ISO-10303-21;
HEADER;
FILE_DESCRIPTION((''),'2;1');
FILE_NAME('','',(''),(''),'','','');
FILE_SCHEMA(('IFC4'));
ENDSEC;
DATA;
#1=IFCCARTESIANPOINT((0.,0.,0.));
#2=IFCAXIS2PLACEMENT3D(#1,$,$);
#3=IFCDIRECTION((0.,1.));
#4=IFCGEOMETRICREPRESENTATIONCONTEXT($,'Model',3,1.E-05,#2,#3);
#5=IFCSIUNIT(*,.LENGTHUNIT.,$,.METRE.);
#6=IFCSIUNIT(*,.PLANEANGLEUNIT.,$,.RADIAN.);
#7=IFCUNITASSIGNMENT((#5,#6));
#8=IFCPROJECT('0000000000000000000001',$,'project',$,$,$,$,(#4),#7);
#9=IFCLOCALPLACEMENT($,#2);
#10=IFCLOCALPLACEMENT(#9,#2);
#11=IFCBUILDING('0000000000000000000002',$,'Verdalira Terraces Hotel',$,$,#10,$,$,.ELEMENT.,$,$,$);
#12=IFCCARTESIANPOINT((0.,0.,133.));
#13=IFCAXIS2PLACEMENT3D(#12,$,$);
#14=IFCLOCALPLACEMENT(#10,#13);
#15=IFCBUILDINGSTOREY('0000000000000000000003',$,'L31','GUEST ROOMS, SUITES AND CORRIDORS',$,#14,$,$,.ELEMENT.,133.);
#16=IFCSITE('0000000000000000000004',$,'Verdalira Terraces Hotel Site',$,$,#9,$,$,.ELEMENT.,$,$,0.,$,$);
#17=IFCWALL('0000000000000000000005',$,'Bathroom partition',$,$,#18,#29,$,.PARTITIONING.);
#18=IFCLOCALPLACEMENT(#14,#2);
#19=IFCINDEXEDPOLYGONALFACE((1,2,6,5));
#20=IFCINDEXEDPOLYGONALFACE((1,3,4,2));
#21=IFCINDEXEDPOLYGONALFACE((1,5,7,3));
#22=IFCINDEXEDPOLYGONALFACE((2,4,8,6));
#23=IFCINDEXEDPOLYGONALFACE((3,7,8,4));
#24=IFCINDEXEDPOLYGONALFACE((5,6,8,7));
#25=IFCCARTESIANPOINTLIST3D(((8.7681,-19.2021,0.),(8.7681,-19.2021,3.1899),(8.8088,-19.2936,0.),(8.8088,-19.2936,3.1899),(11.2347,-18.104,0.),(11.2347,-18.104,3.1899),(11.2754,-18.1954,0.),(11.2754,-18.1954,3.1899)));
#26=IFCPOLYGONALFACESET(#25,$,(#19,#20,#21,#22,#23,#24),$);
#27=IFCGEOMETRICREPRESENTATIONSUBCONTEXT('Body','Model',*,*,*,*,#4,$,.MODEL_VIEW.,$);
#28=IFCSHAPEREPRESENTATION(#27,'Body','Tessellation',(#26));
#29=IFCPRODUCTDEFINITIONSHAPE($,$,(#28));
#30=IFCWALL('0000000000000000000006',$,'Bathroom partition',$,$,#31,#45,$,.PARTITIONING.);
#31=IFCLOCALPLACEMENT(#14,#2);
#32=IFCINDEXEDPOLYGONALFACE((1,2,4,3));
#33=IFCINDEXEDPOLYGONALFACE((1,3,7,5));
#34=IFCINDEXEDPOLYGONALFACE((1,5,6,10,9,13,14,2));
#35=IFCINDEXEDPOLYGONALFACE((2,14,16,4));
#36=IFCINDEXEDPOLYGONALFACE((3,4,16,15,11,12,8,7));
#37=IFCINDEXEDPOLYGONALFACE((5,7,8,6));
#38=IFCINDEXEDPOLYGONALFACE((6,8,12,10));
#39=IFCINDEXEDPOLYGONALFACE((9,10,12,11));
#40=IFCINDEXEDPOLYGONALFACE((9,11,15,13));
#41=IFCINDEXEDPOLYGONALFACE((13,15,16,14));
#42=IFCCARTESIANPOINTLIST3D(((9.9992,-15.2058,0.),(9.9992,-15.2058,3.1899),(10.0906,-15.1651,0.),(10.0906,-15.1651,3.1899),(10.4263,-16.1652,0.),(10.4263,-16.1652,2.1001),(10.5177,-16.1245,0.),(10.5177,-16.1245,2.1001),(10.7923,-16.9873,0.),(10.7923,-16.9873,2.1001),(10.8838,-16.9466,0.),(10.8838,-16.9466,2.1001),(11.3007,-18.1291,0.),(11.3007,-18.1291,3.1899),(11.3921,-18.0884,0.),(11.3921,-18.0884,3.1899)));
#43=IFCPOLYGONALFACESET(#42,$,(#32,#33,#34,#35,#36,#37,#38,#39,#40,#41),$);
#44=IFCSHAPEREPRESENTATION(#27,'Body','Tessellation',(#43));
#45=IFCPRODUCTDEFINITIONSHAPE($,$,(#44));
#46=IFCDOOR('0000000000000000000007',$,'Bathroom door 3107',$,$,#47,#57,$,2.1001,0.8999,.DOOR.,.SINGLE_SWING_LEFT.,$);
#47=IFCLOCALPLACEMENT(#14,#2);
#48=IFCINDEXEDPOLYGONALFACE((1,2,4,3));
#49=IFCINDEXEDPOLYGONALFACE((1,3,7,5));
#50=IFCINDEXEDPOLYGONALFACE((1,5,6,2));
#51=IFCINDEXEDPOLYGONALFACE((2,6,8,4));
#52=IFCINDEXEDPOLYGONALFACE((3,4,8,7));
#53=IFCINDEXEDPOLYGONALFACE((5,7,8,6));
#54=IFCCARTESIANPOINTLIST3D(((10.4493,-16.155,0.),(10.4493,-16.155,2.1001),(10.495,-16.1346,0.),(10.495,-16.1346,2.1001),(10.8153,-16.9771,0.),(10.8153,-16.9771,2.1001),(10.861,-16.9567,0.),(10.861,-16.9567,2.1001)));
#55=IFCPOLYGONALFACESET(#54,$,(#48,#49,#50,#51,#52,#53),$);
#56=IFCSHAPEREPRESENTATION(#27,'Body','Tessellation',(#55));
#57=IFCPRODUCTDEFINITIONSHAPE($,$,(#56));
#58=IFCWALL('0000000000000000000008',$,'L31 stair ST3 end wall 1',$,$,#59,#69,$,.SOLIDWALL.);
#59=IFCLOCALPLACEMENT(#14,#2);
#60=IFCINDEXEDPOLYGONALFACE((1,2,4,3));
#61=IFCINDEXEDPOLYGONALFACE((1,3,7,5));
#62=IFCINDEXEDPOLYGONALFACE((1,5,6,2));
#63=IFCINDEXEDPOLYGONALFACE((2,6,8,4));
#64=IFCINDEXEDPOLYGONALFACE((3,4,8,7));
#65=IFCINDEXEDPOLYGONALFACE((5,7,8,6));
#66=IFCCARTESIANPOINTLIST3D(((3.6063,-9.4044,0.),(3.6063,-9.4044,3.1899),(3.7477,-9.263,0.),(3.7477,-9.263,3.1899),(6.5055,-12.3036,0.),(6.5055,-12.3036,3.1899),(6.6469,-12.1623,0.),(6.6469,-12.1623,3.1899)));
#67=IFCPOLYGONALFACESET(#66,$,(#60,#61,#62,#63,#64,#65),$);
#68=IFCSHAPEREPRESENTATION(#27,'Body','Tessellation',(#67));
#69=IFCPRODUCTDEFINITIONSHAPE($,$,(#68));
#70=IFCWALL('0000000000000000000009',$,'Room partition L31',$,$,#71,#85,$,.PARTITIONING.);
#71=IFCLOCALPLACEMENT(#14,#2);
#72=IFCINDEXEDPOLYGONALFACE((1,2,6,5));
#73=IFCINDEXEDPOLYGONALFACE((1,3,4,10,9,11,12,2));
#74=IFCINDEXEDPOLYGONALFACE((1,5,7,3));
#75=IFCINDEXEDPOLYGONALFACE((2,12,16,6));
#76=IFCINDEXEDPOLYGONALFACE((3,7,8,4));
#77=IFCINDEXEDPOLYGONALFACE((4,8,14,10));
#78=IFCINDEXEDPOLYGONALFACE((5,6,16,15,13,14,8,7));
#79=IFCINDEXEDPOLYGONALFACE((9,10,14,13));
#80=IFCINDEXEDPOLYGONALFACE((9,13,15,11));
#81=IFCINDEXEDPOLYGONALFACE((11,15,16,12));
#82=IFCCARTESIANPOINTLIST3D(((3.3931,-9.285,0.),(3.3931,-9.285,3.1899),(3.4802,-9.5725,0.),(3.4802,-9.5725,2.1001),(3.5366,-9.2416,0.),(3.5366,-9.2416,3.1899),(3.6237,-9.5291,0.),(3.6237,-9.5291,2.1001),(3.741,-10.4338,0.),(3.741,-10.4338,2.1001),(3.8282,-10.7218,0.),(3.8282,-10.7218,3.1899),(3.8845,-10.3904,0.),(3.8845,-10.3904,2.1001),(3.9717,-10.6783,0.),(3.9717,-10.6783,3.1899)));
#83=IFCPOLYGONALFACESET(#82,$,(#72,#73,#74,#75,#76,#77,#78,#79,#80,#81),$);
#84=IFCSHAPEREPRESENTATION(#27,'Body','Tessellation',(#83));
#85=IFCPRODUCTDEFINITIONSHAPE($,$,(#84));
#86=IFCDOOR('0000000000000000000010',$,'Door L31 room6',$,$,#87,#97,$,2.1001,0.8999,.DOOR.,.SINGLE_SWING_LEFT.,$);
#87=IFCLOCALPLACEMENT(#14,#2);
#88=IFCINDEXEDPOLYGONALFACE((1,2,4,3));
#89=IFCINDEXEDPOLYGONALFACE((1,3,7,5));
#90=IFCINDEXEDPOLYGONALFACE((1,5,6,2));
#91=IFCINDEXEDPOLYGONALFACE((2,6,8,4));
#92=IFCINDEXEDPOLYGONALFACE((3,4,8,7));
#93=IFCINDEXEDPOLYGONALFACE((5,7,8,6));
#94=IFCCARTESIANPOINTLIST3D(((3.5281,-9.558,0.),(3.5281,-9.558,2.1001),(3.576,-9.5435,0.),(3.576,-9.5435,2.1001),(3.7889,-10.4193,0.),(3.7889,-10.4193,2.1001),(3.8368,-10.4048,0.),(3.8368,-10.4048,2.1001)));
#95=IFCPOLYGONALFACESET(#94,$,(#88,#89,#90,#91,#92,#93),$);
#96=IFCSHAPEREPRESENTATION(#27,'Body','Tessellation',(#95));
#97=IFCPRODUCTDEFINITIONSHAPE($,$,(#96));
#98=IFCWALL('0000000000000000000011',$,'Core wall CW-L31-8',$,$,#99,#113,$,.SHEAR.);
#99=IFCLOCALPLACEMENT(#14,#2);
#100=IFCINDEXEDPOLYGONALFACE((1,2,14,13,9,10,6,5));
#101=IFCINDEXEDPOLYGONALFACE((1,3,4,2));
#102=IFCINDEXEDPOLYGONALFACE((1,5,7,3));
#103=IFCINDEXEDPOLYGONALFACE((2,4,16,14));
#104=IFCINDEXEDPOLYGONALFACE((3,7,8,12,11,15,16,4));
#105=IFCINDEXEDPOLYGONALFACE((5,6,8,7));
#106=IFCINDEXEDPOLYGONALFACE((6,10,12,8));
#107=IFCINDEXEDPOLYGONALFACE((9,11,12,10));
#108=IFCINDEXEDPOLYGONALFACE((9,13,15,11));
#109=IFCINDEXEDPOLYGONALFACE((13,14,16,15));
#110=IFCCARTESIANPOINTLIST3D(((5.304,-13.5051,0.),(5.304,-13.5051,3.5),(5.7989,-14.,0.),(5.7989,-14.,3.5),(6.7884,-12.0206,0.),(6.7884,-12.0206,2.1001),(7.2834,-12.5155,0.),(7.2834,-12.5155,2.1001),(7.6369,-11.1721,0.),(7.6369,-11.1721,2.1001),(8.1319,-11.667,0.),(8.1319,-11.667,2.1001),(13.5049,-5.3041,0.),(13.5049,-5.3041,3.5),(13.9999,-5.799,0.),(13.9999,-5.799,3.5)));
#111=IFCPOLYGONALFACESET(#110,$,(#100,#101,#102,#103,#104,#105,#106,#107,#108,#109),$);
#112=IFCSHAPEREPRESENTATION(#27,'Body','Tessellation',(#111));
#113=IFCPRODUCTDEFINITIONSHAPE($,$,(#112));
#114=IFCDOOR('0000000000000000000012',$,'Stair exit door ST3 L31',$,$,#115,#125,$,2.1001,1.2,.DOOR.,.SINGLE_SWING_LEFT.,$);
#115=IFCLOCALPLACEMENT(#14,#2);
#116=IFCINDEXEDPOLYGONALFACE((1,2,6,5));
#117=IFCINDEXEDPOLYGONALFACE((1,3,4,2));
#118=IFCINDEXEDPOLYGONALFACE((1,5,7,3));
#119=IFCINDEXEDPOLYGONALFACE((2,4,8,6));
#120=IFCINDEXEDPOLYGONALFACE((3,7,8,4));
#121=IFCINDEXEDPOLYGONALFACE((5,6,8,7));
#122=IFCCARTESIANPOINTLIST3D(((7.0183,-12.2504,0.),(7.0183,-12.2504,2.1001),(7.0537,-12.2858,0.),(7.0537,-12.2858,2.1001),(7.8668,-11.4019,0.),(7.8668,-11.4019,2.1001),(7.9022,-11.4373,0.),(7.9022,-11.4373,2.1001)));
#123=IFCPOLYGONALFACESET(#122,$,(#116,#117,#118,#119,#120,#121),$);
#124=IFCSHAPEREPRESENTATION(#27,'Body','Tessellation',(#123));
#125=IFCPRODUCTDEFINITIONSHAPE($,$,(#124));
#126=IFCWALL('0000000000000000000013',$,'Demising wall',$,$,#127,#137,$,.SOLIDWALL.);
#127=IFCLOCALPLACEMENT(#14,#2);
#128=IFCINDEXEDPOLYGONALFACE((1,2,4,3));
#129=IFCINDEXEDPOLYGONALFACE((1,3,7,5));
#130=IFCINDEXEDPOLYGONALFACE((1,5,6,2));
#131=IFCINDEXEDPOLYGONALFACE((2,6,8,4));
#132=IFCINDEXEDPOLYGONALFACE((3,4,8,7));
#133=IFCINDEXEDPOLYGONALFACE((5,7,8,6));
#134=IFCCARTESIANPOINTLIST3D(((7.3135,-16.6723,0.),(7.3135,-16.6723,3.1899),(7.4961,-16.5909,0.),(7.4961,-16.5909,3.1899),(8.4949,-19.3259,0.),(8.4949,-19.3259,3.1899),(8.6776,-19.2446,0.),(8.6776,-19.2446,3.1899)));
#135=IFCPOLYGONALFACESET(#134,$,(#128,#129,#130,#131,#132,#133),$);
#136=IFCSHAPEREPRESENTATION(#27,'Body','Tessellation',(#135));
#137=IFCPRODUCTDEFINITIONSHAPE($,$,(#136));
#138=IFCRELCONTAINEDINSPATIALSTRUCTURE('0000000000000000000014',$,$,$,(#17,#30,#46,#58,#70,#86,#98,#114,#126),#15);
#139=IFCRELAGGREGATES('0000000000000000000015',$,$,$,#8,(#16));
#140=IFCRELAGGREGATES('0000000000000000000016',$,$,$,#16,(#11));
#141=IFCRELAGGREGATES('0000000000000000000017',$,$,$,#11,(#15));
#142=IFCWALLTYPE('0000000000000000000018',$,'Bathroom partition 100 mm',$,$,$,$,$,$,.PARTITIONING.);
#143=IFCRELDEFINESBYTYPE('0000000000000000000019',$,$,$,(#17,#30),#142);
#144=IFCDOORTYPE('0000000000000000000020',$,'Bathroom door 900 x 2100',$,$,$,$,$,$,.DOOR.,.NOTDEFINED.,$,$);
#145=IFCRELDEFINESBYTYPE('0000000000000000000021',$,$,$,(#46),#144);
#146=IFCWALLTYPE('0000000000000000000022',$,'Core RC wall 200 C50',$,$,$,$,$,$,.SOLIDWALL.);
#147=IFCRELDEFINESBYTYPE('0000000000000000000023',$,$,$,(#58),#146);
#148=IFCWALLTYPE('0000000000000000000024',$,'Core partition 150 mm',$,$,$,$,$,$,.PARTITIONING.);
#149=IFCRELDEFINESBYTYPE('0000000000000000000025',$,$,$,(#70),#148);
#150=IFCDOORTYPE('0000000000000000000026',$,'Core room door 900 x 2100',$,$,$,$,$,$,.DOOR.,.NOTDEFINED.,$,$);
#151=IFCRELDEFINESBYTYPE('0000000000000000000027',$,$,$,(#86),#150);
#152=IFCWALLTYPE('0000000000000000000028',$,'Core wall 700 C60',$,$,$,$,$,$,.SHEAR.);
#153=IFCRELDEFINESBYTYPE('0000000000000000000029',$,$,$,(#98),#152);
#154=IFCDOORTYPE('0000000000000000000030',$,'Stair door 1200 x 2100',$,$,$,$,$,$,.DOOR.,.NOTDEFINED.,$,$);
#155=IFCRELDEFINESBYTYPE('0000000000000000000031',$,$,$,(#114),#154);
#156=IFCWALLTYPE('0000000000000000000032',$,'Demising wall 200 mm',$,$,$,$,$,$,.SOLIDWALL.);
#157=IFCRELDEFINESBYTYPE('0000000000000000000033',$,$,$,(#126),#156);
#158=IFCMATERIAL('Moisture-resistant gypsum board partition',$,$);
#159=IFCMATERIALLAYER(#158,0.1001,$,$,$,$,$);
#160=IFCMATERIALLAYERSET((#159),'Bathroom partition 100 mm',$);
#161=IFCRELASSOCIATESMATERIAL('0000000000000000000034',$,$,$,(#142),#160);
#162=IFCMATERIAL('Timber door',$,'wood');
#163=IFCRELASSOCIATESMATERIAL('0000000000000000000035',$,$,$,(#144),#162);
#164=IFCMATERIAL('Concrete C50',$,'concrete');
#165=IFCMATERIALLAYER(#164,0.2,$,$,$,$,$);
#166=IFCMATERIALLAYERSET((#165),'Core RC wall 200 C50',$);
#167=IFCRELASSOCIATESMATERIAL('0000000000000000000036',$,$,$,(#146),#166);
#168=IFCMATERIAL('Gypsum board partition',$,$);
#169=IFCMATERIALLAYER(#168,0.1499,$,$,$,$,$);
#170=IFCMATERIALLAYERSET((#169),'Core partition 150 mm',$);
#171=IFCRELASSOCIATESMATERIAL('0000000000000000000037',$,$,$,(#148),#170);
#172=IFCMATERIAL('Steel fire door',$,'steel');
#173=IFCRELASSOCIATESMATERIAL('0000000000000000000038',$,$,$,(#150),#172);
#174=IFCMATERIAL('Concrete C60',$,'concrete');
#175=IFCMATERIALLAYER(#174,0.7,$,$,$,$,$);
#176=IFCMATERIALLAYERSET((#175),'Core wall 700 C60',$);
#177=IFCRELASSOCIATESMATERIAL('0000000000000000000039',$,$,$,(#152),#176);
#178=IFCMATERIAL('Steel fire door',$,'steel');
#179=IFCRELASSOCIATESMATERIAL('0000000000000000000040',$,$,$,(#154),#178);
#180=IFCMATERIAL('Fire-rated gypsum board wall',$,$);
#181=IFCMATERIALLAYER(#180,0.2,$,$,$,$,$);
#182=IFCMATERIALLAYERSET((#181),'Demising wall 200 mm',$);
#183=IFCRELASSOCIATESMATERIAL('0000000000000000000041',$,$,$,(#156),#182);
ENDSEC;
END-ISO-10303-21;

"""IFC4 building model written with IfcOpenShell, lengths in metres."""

from ifc_helpers import new_model, si_unit, direction, frame, frame_2d, origin, place, context, subcontext, project, spatial, rectangle, extrude, material, layer, layer_set, type_object, element, fill, save


model = new_model("IFC4")

# Units and contexts
model_context = context("Model", 3, precision=1e-05, world=origin(), true_north=direction((0.0, 1.0)))
body_context = subcontext(model_context, "Body", "Model", "MODEL_VIEW")
ifc_project = project(units=[si_unit("LENGTHUNIT", "METRE"), si_unit("PLANEANGLEUNIT", "RADIAN")], contexts=[model_context])

# Site, building, storey
site_placement = place(None, origin())
site = spatial("IfcSite", under=ifc_project, at=site_placement, Name="Verdalira Terraces Hotel Site", CompositionType="ELEMENT", RefElevation=0.0)
building_placement = place(site_placement, origin())
building = spatial("IfcBuilding", under=site, at=building_placement, Name="Verdalira Terraces Hotel", CompositionType="ELEMENT")
storey_placement = place(building_placement, frame((0.0, 0.0, 133.0)))
storey = spatial("IfcBuildingStorey", under=building, at=storey_placement, Name="L31", Description="GUEST ROOMS, SUITES AND CORRIDORS", CompositionType="ELEMENT", Elevation=133.0)

# Wall
ifc_material_1 = material(Name="Moisture-resistant gypsum board partition")
ifc_layer_1 = layer(ifc_material_1, 0.1001)
ifc_layer_set_1 = layer_set([ifc_layer_1], Name="Bathroom partition 100 mm")
wall_type_1 = type_object("IfcWallType", Name="Bathroom partition 100 mm", PredefinedType="PARTITIONING", material=ifc_layer_set_1)
wall_1_placement = place(storey_placement, frame((11.2551, -18.1497, 0.0), z_axis=(0.0, 0.0, 1.0), x_axis=(-0.91355, -0.406726, 0.0)))
element("IfcWall", 1, at=wall_1_placement, inside=storey, type_object=wall_type_1, Name="Bathroom partition", PredefinedType="PARTITIONING", context=body_context, shape_type="SweptSolid", body=[
    extrude(rectangle(XDim=2.7, YDim=0.1001, at=frame_2d((1.3501, 0.0))), origin(), (0.0, 0.0, 1.0), 3.1899),
])

# Wall, opening, door
wall_2_placement = place(storey_placement, frame((11.3464, -18.1089, 0.0), z_axis=(0.0, 0.0, 1.0), x_axis=(-0.406726, 0.91355, 0.0)))
wall_2 = element("IfcWall", 2, at=wall_2_placement, inside=storey, type_object=wall_type_1, Name="Bathroom partition", PredefinedType="PARTITIONING", context=body_context, shape_type="SweptSolid", body=[
    extrude(rectangle(XDim=3.2, YDim=0.1001, at=frame_2d((1.6001, 0.0))), origin(), (0.0, 0.0, 1.0), 3.1899),
])
opening_1_placement = place(wall_2_placement, frame((1.25, 0.0, 0.0)))
opening_1 = element("IfcOpeningElement", 3, at=opening_1_placement, cuts=wall_2, PredefinedType="OPENING", context=body_context, shape_type="SweptSolid", body=[
    extrude(rectangle(XDim=0.8999, YDim=2.1001, at=frame_2d((0.45, 1.05))), frame((0.0, 0.0601, 0.0), z_axis=(0.0, -1.0, 0.0), x_axis=(1.0, 0.0, 0.0)), (0.0, 0.0, 1.0), 0.1201),
])
ifc_material_2 = material(Name="Timber door", Category="wood")
door_type_1 = type_object("IfcDoorType", Name="Bathroom door 900 x 2100", OperationType="NOTDEFINED", PredefinedType="DOOR", material=ifc_material_2)
door_1_placement = place(opening_1_placement, origin())
door_1 = element("IfcDoor", 4, at=door_1_placement, inside=storey, type_object=door_type_1, Name="Bathroom door 3107", OperationType="SINGLE_SWING_LEFT", OverallHeight=2.1001, OverallWidth=0.8999, PredefinedType="DOOR", context=body_context, shape_type="SweptSolid", body=[
    extrude(rectangle(XDim=0.8999, YDim=2.1001, at=frame_2d((0.45, 1.05))), frame((0.0, 0.0249, 0.0), z_axis=(0.0, -1.0, 0.0), x_axis=(1.0, 0.0, 0.0)), (0.0, 0.0, 1.0), 0.05),
])
fill(opening_1, door_1)

# Wall
ifc_material_3 = material(Name="Concrete C50", Category="concrete")
ifc_layer_2 = layer(ifc_material_3, 0.2)
ifc_layer_set_2 = layer_set([ifc_layer_2], Name="Core RC wall 200 C50")
wall_type_2 = type_object("IfcWallType", Name="Core RC wall 200 C50", PredefinedType="SOLIDWALL", material=ifc_layer_set_2)
wall_3_placement = place(storey_placement, frame((3.677, -9.3337, 0.0), z_axis=(0.0, 0.0, 1.0), x_axis=(0.707107, -0.707107, 0.0)))
element("IfcWall", 5, at=wall_3_placement, inside=storey, type_object=wall_type_2, Name="L31 stair ST3 end wall 1", PredefinedType="SOLIDWALL", context=body_context, shape_type="SweptSolid", body=[
    extrude(rectangle(XDim=4.1001, YDim=0.2, at=frame_2d((2.05, 0.0))), origin(), (0.0, 0.0, 1.0), 3.1899),
])

# Walls, openings, doors
ifc_material_4 = material(Name="Gypsum board partition")
ifc_layer_3 = layer(ifc_material_4, 0.1499)
ifc_layer_set_3 = layer_set([ifc_layer_3], Name="Core partition 150 mm")
wall_type_3 = type_object("IfcWallType", Name="Core partition 150 mm", PredefinedType="PARTITIONING", material=ifc_layer_set_3)
wall_4_placement = place(storey_placement, frame((3.8999, -10.7, 0.0), z_axis=(0.0, 0.0, 1.0), x_axis=(-0.289809, 0.957085, 0.0)))
wall_4 = element("IfcWall", 6, at=wall_4_placement, inside=storey, type_object=wall_type_3, Name="Room partition L31", PredefinedType="PARTITIONING", context=body_context, shape_type="SweptSolid", body=[
    extrude(rectangle(XDim=1.5012, YDim=0.1499, at=frame_2d((0.7505, 0.0))), origin(), (0.0, 0.0, 1.0), 3.1899),
])
opening_2_placement = place(wall_4_placement, frame((0.3008, 0.0, 0.0)))
opening_2 = element("IfcOpeningElement", 7, at=opening_2_placement, cuts=wall_4, PredefinedType="OPENING", context=body_context, shape_type="SweptSolid", body=[
    extrude(rectangle(XDim=0.8999, YDim=2.1001, at=frame_2d((0.45, 1.05))), frame((0.0, 0.085, 0.0), z_axis=(0.0, -1.0, 0.0), x_axis=(1.0, 0.0, 0.0)), (0.0, 0.0, 1.0), 0.1699),
])
ifc_material_5 = material(Name="Steel fire door", Category="steel")
door_type_2 = type_object("IfcDoorType", Name="Core room door 900 x 2100", OperationType="NOTDEFINED", PredefinedType="DOOR", material=ifc_material_5)
door_2_placement = place(opening_2_placement, origin())
door_2 = element("IfcDoor", 8, at=door_2_placement, inside=storey, type_object=door_type_2, Name="Door L31 room6", OperationType="SINGLE_SWING_LEFT", OverallHeight=2.1001, OverallWidth=0.8999, PredefinedType="DOOR", context=body_context, shape_type="SweptSolid", body=[
    extrude(rectangle(XDim=0.8999, YDim=2.1001, at=frame_2d((0.45, 1.05))), frame((0.0, 0.0249, 0.0), z_axis=(0.0, -1.0, 0.0), x_axis=(1.0, 0.0, 0.0)), (0.0, 0.0, 1.0), 0.05),
])
fill(opening_2, door_2)
ifc_material_6 = material(Name="Concrete C60", Category="concrete")
ifc_layer_4 = layer(ifc_material_6, 0.7)
ifc_layer_set_4 = layer_set([ifc_layer_4], Name="Core wall 700 C60")
wall_type_4 = type_object("IfcWallType", Name="Core wall 700 C60", PredefinedType="SHEAR", material=ifc_layer_set_4)
wall_5_placement = place(storey_placement, frame((5.5515, -13.7524, 0.0), z_axis=(0.0, 0.0, 1.0), x_axis=(0.707107, 0.707107, 0.0)))
wall_5 = element("IfcWall", 9, at=wall_5_placement, inside=storey, type_object=wall_type_4, Name="Core wall CW-L31-8", PredefinedType="SHEAR", context=body_context, shape_type="SweptSolid", body=[
    extrude(rectangle(XDim=11.5979, YDim=0.7, at=frame_2d((5.7988, 0.0))), origin(), (0.0, 0.0, 1.0), 3.5),
])
opening_3_placement = place(wall_5_placement, frame((2.0991, 0.0, 0.0)))
opening_3 = element("IfcOpeningElement", 10, at=opening_3_placement, cuts=wall_5, PredefinedType="OPENING", context=body_context, shape_type="SweptSolid", body=[
    extrude(rectangle(XDim=1.2, YDim=2.1001, at=frame_2d((0.6001, 1.05))), frame((0.0, 0.3599, 0.0), z_axis=(0.0, -1.0, 0.0), x_axis=(1.0, 0.0, 0.0)), (0.0, 0.0, 1.0), 0.72),
])
ifc_material_7 = material(Name="Steel fire door", Category="steel")
door_type_3 = type_object("IfcDoorType", Name="Stair door 1200 x 2100", OperationType="NOTDEFINED", PredefinedType="DOOR", material=ifc_material_7)
door_3_placement = place(opening_3_placement, origin())
door_3 = element("IfcDoor", 11, at=door_3_placement, inside=storey, type_object=door_type_3, Name="Stair exit door ST3 L31", OperationType="SINGLE_SWING_LEFT", OverallHeight=2.1001, OverallWidth=1.2, PredefinedType="DOOR", context=body_context, shape_type="SweptSolid", body=[
    extrude(rectangle(XDim=1.2, YDim=2.1001, at=frame_2d((0.6001, 1.05))), frame((0.0, 0.0249, 0.0), z_axis=(0.0, -1.0, 0.0), x_axis=(1.0, 0.0, 0.0)), (0.0, 0.0, 1.0), 0.05),
])
fill(opening_3, door_3)

# Wall
ifc_material_8 = material(Name="Fire-rated gypsum board wall")
ifc_layer_5 = layer(ifc_material_8, 0.2)
ifc_layer_set_5 = layer_set([ifc_layer_5], Name="Demising wall 200 mm")
wall_type_5 = type_object("IfcWallType", Name="Demising wall 200 mm", PredefinedType="SOLIDWALL", material=ifc_layer_set_5)
wall_6_placement = place(storey_placement, frame((7.4048, -16.6316, 0.0), z_axis=(0.0, 0.0, 1.0), x_axis=(0.406723, -0.913551, 0.0)))
element("IfcWall", 12, at=wall_6_placement, inside=storey, type_object=wall_type_5, Name="Demising wall", PredefinedType="SOLIDWALL", context=body_context, shape_type="SweptSolid", body=[
    extrude(rectangle(XDim=2.9048, YDim=0.2, at=frame_2d((1.4524, 0.0))), origin(), (0.0, 0.0, 1.0), 3.1899),
])

save(model, "model.ifc")
